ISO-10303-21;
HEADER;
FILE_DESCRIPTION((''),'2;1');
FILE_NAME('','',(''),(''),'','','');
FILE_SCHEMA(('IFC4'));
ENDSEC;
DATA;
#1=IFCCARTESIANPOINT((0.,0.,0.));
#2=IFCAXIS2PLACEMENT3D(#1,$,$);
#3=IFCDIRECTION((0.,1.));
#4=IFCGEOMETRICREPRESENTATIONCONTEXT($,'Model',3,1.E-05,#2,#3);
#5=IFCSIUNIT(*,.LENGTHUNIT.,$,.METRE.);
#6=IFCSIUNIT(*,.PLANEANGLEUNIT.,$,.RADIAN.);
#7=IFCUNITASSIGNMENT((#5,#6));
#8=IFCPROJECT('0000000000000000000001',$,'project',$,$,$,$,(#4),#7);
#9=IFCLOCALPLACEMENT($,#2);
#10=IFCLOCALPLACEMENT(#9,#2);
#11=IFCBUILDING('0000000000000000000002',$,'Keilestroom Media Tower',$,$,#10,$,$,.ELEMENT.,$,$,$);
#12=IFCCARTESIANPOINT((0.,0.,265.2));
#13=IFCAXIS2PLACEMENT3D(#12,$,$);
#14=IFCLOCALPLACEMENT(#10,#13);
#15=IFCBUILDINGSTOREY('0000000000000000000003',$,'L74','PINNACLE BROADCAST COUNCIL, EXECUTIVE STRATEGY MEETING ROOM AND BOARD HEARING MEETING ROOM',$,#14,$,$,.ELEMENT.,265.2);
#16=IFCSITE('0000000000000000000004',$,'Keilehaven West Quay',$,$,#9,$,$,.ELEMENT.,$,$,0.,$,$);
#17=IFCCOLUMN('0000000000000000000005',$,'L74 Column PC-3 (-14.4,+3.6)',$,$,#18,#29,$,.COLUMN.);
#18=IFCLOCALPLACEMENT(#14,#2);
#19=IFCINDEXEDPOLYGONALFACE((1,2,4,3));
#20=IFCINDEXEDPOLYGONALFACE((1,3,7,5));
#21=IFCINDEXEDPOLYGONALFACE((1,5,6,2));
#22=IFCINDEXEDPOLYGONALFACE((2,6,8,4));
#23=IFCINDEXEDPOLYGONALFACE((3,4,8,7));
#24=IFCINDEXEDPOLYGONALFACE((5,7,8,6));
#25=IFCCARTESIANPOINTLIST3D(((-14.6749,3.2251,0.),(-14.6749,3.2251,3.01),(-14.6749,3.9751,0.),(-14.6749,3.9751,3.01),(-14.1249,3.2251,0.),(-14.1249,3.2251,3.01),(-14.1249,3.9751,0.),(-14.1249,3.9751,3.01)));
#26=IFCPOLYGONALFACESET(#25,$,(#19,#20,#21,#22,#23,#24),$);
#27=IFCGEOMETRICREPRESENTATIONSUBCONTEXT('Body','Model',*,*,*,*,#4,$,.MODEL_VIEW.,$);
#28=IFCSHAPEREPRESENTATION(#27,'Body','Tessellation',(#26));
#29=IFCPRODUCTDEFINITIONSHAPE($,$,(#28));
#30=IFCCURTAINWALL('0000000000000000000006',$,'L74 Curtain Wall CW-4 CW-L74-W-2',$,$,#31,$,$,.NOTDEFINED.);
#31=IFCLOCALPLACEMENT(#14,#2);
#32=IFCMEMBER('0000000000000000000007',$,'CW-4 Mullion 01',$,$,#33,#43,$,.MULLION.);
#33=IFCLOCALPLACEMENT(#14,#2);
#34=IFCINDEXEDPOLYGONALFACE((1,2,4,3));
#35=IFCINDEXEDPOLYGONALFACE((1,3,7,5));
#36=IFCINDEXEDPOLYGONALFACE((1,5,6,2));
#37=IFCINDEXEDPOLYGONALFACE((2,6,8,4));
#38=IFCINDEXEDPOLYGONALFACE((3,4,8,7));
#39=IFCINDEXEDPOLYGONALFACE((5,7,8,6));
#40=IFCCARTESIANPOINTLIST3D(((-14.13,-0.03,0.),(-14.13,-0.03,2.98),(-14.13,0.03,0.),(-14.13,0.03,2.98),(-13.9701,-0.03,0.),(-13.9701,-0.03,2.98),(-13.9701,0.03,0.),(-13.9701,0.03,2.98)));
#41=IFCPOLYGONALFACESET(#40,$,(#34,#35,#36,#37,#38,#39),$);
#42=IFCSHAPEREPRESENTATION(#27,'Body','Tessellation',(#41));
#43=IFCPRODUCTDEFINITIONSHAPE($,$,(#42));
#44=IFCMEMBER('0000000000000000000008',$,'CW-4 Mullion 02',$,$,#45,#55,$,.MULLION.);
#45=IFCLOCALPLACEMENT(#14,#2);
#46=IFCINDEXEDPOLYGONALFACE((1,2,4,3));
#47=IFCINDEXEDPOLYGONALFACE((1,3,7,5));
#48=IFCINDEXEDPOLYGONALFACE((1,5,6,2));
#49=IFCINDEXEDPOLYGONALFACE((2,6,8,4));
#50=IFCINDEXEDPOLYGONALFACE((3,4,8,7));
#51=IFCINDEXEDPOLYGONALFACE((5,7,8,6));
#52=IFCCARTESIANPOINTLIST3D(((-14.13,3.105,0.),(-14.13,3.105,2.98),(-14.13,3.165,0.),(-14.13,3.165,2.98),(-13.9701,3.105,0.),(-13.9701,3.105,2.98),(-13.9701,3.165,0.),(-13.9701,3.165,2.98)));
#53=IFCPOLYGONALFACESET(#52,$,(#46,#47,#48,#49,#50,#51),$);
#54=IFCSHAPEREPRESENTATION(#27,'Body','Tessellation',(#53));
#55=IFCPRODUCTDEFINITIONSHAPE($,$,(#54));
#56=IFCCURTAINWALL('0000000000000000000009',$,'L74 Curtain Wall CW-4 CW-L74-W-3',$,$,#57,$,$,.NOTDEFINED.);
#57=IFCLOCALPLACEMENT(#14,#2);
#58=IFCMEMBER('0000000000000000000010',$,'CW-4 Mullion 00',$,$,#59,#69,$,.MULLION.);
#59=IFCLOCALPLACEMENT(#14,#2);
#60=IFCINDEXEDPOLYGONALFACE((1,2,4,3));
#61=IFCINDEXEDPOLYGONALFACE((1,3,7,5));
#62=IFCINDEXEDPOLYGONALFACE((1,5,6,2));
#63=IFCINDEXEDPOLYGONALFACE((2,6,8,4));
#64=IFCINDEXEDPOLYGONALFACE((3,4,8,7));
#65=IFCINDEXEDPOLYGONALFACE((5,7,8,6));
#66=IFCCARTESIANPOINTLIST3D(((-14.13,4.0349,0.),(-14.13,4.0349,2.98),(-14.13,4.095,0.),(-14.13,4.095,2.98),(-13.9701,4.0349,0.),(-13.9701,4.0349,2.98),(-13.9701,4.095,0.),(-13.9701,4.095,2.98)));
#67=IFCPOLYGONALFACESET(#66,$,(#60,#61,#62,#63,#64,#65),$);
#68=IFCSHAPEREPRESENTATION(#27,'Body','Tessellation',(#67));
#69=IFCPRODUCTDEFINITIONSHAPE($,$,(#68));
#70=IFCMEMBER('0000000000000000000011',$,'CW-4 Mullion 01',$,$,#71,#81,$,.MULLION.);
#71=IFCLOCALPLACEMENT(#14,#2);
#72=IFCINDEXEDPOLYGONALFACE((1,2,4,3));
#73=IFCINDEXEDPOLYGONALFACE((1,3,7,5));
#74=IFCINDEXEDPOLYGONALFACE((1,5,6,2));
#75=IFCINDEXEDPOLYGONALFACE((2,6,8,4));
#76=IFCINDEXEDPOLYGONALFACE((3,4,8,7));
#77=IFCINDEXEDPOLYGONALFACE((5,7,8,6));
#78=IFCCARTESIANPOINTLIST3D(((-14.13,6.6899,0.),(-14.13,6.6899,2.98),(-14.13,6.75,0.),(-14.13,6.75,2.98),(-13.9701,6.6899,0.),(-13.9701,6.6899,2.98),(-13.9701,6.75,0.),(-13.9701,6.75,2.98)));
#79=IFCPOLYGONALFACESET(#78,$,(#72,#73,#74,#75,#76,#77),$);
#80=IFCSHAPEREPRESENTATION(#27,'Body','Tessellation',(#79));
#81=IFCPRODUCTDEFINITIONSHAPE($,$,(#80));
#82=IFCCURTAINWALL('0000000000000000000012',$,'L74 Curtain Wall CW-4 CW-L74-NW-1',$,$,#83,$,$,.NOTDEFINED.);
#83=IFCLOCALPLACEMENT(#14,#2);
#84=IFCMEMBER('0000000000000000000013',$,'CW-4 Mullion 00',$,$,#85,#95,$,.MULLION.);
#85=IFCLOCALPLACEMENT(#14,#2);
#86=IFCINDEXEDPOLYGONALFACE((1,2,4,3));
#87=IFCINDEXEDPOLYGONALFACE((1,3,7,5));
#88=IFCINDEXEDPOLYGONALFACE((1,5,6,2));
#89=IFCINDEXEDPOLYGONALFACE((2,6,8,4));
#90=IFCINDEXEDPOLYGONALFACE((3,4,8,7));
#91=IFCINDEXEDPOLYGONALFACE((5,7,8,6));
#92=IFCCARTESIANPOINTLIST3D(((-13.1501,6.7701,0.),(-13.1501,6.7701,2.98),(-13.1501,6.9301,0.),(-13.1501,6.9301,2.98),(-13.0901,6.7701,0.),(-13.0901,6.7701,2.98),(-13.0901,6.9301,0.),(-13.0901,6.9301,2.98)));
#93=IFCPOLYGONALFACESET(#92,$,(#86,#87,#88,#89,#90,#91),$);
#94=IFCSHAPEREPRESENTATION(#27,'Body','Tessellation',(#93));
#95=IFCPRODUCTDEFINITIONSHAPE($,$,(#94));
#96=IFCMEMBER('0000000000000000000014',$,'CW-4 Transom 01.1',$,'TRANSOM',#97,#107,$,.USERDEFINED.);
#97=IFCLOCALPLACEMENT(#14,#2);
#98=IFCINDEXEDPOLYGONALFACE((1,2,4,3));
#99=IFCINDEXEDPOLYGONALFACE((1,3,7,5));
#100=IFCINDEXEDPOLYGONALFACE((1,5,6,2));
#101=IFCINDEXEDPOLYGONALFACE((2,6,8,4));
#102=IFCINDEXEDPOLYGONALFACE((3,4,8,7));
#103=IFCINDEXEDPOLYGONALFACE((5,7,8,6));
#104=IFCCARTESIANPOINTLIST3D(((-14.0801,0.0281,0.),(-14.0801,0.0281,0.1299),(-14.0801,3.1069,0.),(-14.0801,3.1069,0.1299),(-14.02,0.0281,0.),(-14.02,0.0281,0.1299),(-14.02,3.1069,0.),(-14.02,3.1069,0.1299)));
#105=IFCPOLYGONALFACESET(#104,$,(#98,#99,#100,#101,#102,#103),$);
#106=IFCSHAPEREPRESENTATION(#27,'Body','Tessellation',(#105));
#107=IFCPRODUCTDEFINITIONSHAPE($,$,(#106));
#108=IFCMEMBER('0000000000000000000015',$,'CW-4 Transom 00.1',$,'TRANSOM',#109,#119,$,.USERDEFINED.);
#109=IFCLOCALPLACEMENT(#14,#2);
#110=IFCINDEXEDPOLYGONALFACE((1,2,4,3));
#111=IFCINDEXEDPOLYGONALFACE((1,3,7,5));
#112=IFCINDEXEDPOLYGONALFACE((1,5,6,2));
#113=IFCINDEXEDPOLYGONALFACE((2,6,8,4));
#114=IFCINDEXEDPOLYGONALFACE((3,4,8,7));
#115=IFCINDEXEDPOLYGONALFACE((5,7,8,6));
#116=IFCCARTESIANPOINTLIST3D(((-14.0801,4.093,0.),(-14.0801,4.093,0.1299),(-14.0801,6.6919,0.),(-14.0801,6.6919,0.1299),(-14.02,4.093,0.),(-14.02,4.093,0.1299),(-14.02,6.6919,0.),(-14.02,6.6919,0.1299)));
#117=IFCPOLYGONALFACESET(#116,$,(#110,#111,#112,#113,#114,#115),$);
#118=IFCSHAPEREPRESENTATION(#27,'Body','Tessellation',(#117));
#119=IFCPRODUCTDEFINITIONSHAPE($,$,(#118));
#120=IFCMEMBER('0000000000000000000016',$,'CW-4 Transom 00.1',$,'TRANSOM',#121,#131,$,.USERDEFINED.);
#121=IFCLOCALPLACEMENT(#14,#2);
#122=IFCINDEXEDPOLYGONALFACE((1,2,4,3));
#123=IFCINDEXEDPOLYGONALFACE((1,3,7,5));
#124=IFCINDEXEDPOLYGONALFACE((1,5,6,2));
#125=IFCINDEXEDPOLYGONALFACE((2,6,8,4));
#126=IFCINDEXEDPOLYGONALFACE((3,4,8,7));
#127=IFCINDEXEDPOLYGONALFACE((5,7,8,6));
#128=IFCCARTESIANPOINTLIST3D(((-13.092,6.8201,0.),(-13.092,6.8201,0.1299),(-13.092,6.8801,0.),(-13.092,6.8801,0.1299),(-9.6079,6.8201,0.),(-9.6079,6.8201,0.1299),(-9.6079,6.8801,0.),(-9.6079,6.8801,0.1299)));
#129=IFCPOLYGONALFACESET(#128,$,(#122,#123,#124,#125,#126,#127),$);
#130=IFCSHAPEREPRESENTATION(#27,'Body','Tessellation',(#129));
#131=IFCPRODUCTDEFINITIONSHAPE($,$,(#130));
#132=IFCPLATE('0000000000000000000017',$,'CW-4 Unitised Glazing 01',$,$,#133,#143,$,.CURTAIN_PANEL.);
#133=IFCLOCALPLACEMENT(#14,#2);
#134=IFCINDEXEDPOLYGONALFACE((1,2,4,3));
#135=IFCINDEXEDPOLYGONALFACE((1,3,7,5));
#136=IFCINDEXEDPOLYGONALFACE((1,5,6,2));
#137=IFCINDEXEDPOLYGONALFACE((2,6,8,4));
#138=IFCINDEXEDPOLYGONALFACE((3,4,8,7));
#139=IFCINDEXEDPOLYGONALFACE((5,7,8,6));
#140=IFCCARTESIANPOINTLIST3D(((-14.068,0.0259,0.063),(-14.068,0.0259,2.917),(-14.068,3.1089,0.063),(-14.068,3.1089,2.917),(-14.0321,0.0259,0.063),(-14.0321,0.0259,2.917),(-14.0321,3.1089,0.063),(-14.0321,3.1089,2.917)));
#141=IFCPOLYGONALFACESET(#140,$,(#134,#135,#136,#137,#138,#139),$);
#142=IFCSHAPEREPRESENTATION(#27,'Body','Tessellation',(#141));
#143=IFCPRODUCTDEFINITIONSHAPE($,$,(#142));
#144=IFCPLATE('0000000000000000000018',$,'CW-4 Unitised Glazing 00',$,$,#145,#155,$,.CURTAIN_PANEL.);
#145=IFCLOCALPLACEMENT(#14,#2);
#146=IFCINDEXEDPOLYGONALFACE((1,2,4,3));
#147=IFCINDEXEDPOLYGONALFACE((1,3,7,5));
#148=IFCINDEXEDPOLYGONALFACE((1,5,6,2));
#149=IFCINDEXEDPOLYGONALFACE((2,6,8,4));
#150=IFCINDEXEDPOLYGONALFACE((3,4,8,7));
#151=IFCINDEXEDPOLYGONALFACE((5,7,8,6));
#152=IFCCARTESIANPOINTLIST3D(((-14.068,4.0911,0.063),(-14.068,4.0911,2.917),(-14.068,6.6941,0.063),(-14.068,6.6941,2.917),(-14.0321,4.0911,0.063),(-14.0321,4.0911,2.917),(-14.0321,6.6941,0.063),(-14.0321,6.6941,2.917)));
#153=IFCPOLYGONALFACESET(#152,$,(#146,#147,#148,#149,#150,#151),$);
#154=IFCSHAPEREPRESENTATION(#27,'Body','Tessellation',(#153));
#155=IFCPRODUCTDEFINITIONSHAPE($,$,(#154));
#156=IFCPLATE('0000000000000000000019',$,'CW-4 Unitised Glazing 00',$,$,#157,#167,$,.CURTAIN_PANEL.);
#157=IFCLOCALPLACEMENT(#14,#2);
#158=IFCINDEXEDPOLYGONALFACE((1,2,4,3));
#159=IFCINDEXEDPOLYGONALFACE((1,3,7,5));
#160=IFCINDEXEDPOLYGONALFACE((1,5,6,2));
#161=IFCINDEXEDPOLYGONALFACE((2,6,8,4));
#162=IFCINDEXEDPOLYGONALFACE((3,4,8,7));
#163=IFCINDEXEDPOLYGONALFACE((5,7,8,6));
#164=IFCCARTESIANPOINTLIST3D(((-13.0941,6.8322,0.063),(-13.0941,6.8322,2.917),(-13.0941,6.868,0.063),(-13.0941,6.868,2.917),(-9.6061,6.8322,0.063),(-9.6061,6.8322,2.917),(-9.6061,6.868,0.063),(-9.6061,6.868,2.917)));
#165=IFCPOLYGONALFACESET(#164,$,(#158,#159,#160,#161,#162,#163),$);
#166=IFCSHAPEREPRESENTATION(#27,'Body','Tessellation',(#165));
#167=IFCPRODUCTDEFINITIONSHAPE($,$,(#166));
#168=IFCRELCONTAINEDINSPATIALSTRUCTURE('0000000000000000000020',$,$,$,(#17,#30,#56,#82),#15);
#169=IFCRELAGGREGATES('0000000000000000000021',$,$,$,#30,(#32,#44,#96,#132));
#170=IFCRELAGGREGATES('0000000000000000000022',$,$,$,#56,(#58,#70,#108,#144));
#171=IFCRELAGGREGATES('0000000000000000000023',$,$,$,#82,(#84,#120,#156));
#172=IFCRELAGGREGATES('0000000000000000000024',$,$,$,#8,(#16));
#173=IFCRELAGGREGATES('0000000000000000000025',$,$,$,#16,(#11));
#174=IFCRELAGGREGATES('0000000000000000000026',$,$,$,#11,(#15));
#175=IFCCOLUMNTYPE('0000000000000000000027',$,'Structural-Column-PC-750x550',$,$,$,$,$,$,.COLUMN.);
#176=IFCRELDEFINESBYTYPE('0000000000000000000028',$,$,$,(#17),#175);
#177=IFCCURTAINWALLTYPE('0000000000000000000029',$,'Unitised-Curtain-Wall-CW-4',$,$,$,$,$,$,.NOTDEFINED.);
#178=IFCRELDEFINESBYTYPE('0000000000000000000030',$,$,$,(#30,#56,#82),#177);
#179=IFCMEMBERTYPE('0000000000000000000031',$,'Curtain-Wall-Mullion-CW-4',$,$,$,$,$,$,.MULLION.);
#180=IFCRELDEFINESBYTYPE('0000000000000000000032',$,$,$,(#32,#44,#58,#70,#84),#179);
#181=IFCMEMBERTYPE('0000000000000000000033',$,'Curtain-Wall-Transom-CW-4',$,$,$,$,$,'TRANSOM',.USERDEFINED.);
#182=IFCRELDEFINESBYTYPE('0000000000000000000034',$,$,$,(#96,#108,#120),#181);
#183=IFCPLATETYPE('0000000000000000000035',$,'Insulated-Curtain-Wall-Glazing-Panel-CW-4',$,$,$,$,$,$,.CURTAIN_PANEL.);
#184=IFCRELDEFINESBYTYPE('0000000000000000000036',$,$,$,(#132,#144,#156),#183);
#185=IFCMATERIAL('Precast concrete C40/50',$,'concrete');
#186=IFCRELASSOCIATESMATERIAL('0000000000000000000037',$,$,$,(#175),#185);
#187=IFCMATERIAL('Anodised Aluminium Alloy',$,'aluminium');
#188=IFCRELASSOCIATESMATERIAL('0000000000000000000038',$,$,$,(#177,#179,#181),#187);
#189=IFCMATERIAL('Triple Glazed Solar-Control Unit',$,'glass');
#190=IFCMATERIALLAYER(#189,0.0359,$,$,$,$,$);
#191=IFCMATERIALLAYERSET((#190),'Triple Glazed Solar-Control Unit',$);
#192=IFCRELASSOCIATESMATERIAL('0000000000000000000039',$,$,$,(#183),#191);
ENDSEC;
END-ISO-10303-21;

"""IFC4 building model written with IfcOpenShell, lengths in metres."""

from ifc_helpers import new_model, si_unit, direction, frame, origin, origin_2d, place, context, subcontext, project, spatial, rectangle, extrude, source, transform, mapped, material, layer, layer_set, material_profile, profile_set, type_object, element, aggregate, save


model = new_model("IFC4")

# Units and contexts
model_context = context("Model", 3, precision=1e-05, world=origin(), true_north=direction((0.0, 1.0)))
body_context = subcontext(model_context, "Body", "Model", "MODEL_VIEW")
ifc_project = project(units=[si_unit("LENGTHUNIT", "METRE"), si_unit("PLANEANGLEUNIT", "RADIAN")], contexts=[model_context])

# Site, building, storey
site_placement = place(None, origin())
site = spatial("IfcSite", under=ifc_project, at=site_placement, Name="Keilehaven West Quay", CompositionType="ELEMENT", RefElevation=0.0)
building_placement = place(site_placement, origin())
building = spatial("IfcBuilding", under=site, at=building_placement, Name="Keilestroom Media Tower", CompositionType="ELEMENT")
storey_placement = place(building_placement, frame((0.0, 0.0, 265.2)))
storey = spatial("IfcBuildingStorey", under=building, at=storey_placement, Name="L74", Description="PINNACLE BROADCAST COUNCIL, EXECUTIVE STRATEGY MEETING ROOM AND BOARD HEARING MEETING ROOM", CompositionType="ELEMENT", Elevation=265.2)

# Column
ifc_material_1 = material(Name="Precast concrete C40/50", Category="concrete")
ifc_material_profile_1 = material_profile(ifc_material_1, rectangle(XDim=0.55, YDim=0.75, at=origin_2d()), Name="PC 750x550")
ifc_profile_set_1 = profile_set([ifc_material_profile_1], Name="Precast concrete C40/50")
column_type = type_object("IfcColumnType", Name="Structural-Column-PC-750x550", PredefinedType="COLUMN", material=ifc_profile_set_1)
shared_shape_1 = source(origin(), body_context, "Body", "SweptSolid", [
    extrude(rectangle(XDim=0.55, YDim=0.75, at=origin_2d()), origin(), (0.0, 0.0, 1.0), 3.01),
])
column_placement = place(storey_placement, frame((-14.3999, 3.6001, 0.0), z_axis=(0.0, 0.0, 1.0), x_axis=(1.0, 0.0, 0.0)))
element("IfcColumn", 1, at=column_placement, inside=storey, type_object=column_type, Name="L74 Column PC-3 (-14.4,+3.6)", PredefinedType="COLUMN", context=body_context, shape_type="MappedRepresentation", body=[
    mapped(shared_shape_1, transform((0.0, 0.0, 0.0), x_axis=(1.0, 0.0, 0.0), y_axis=(0.0, 1.0, 0.0), z_axis=(0.0, 0.0, 1.0), scale=1.0)),
])

# Curtain walls, members
ifc_material_2 = material(Name="Anodised Aluminium Alloy", Category="aluminium")
curtain_wall_type = type_object("IfcCurtainWallType", Name="Unitised-Curtain-Wall-CW-4", PredefinedType="NOTDEFINED", material=ifc_material_2)
curtain_wall_1_placement = place(storey_placement, origin())
curtain_wall_1 = element("IfcCurtainWall", 2, at=curtain_wall_1_placement, inside=storey, type_object=curtain_wall_type, Name="L74 Curtain Wall CW-4 CW-L74-W-2", PredefinedType="NOTDEFINED")
ifc_material_profile_2 = material_profile(ifc_material_2, rectangle(XDim=0.0601, YDim=0.1599, at=origin_2d()), Name="ALU MULLION 60x160")
ifc_profile_set_2 = profile_set([ifc_material_profile_2], Name="Anodised Aluminium Alloy")
member_type_1 = type_object("IfcMemberType", Name="Curtain-Wall-Mullion-CW-4", PredefinedType="MULLION", material=ifc_profile_set_2)
shared_shape_2 = source(origin(), body_context, "Body", "SweptSolid", [
    extrude(rectangle(XDim=0.0601, YDim=0.1599, at=origin_2d()), origin(), (0.0, 0.0, 1.0), 2.98),
])
member_1_placement = place(storey_placement, frame((-14.05, 0.0, 0.0), z_axis=(0.0, 0.0, 1.0), x_axis=(0.0, 1.0, 0.0)))
member_1 = element("IfcMember", 3, at=member_1_placement, type_object=member_type_1, Name="CW-4 Mullion 01", PredefinedType="MULLION", context=body_context, shape_type="MappedRepresentation", body=[
    mapped(shared_shape_2, transform((0.0, 0.0, 0.0), x_axis=(1.0, 0.0, 0.0), y_axis=(0.0, 1.0, 0.0), z_axis=(0.0, 0.0, 1.0), scale=1.0)),
])
member_2_placement = place(storey_placement, frame((-14.05, 3.135, 0.0), z_axis=(0.0, 0.0, 1.0), x_axis=(0.0, 1.0, 0.0)))
member_2 = element("IfcMember", 4, at=member_2_placement, type_object=member_type_1, Name="CW-4 Mullion 02", PredefinedType="MULLION", context=body_context, shape_type="MappedRepresentation", body=[
    mapped(shared_shape_2, transform((0.0, 0.0, 0.0), x_axis=(1.0, 0.0, 0.0), y_axis=(0.0, 1.0, 0.0), z_axis=(0.0, 0.0, 1.0), scale=1.0)),
])
curtain_wall_2_placement = place(storey_placement, origin())
curtain_wall_2 = element("IfcCurtainWall", 5, at=curtain_wall_2_placement, inside=storey, type_object=curtain_wall_type, Name="L74 Curtain Wall CW-4 CW-L74-W-3", PredefinedType="NOTDEFINED")
member_3_placement = place(storey_placement, frame((-14.05, 4.0649, 0.0), z_axis=(0.0, 0.0, 1.0), x_axis=(0.0, 1.0, 0.0)))
member_3 = element("IfcMember", 6, at=member_3_placement, type_object=member_type_1, Name="CW-4 Mullion 00", PredefinedType="MULLION", context=body_context, shape_type="MappedRepresentation", body=[
    mapped(shared_shape_2, transform((0.0, 0.0, 0.0), x_axis=(1.0, 0.0, 0.0), y_axis=(0.0, 1.0, 0.0), z_axis=(0.0, 0.0, 1.0), scale=1.0)),
])
member_4_placement = place(storey_placement, frame((-14.05, 6.72, 0.0), z_axis=(0.0, 0.0, 1.0), x_axis=(0.0, 1.0, 0.0)))
member_4 = element("IfcMember", 7, at=member_4_placement, type_object=member_type_1, Name="CW-4 Mullion 01", PredefinedType="MULLION", context=body_context, shape_type="MappedRepresentation", body=[
    mapped(shared_shape_2, transform((0.0, 0.0, 0.0), x_axis=(1.0, 0.0, 0.0), y_axis=(0.0, 1.0, 0.0), z_axis=(0.0, 0.0, 1.0), scale=1.0)),
])

# Curtain wall, member
curtain_wall_3_placement = place(storey_placement, origin())
curtain_wall_3 = element("IfcCurtainWall", 8, at=curtain_wall_3_placement, inside=storey, type_object=curtain_wall_type, Name="L74 Curtain Wall CW-4 CW-L74-NW-1", PredefinedType="NOTDEFINED")
member_5_placement = place(storey_placement, frame((-13.1201, 6.8501, 0.0), z_axis=(0.0, 0.0, 1.0), x_axis=(1.0, 0.0, 0.0)))
member_5 = element("IfcMember", 9, at=member_5_placement, type_object=member_type_1, Name="CW-4 Mullion 00", PredefinedType="MULLION", context=body_context, shape_type="MappedRepresentation", body=[
    mapped(shared_shape_2, transform((0.0, 0.0, 0.0), x_axis=(1.0, 0.0, 0.0), y_axis=(0.0, 1.0, 0.0), z_axis=(0.0, 0.0, 1.0), scale=1.0)),
])

# Members
ifc_material_profile_3 = material_profile(ifc_material_2, rectangle(XDim=0.0601, YDim=0.1299, at=origin_2d()), Name="ALU TRANSOM 60x130")
ifc_profile_set_3 = profile_set([ifc_material_profile_3], Name="Anodised Aluminium Alloy")
member_type_2 = type_object("IfcMemberType", Name="Curtain-Wall-Transom-CW-4", ElementType="TRANSOM", PredefinedType="USERDEFINED", material=ifc_profile_set_3)
shared_shape_3 = source(origin(), body_context, "Body", "SweptSolid", [
    extrude(rectangle(XDim=0.0601, YDim=0.1299, at=origin_2d()), origin(), (0.0, 0.0, 1.0), 3.0789),
])
member_6_placement = place(storey_placement, frame((-14.05, 0.0281, 0.0649), z_axis=(0.0, 1.0, 0.0), x_axis=(-1.0, 0.0, 0.0)))
member_6 = element("IfcMember", 10, at=member_6_placement, type_object=member_type_2, Name="CW-4 Transom 01.1", ObjectType="TRANSOM", PredefinedType="USERDEFINED", context=body_context, shape_type="MappedRepresentation", body=[
    mapped(shared_shape_3, transform((0.0, 0.0, 0.0), x_axis=(1.0, 0.0, 0.0), y_axis=(0.0, 1.0, 0.0), z_axis=(0.0, 0.0, 1.0), scale=1.0)),
])
shared_shape_4 = source(origin(), body_context, "Body", "SweptSolid", [
    extrude(rectangle(XDim=0.0601, YDim=0.1299, at=origin_2d()), origin(), (0.0, 0.0, 1.0), 2.5989),
])
member_7_placement = place(storey_placement, frame((-14.05, 4.093, 0.0649), z_axis=(0.0, 1.0, 0.0), x_axis=(-1.0, 0.0, 0.0)))
member_7 = element("IfcMember", 11, at=member_7_placement, type_object=member_type_2, Name="CW-4 Transom 00.1", ObjectType="TRANSOM", PredefinedType="USERDEFINED", context=body_context, shape_type="MappedRepresentation", body=[
    mapped(shared_shape_4, transform((0.0, 0.0, 0.0), x_axis=(1.0, 0.0, 0.0), y_axis=(0.0, 1.0, 0.0), z_axis=(0.0, 0.0, 1.0), scale=1.0)),
])
shared_shape_5 = source(origin(), body_context, "Body", "SweptSolid", [
    extrude(rectangle(XDim=0.0601, YDim=0.1299, at=origin_2d()), origin(), (0.0, 0.0, 1.0), 3.4841),
])
member_8_placement = place(storey_placement, frame((-13.092, 6.8501, 0.0649), z_axis=(1.0, 0.0, 0.0), x_axis=(0.0, 1.0, 0.0)))
member_8 = element("IfcMember", 12, at=member_8_placement, type_object=member_type_2, Name="CW-4 Transom 00.1", ObjectType="TRANSOM", PredefinedType="USERDEFINED", context=body_context, shape_type="MappedRepresentation", body=[
    mapped(shared_shape_5, transform((0.0, 0.0, 0.0), x_axis=(1.0, 0.0, 0.0), y_axis=(0.0, 1.0, 0.0), z_axis=(0.0, 0.0, 1.0), scale=1.0)),
])

# Plates
ifc_material_3 = material(Name="Triple Glazed Solar-Control Unit", Category="glass")
ifc_layer_1 = layer(ifc_material_3, 0.0359)
ifc_layer_set_1 = layer_set([ifc_layer_1], Name="Triple Glazed Solar-Control Unit")
plate_type = type_object("IfcPlateType", Name="Insulated-Curtain-Wall-Glazing-Panel-CW-4", PredefinedType="CURTAIN_PANEL", material=ifc_layer_set_1)
shared_shape_6 = source(origin(), body_context, "Body", "SweptSolid", [
    extrude(rectangle(XDim=3.083, YDim=0.0359, at=origin_2d()), origin(), (0.0, 0.0, 1.0), 2.854),
])
plate_1_placement = place(storey_placement, frame((-14.05, 1.5674, 0.063), z_axis=(0.0, 0.0, 1.0), x_axis=(0.0, 1.0, 0.0)))
plate_1 = element("IfcPlate", 13, at=plate_1_placement, type_object=plate_type, Name="CW-4 Unitised Glazing 01", PredefinedType="CURTAIN_PANEL", context=body_context, shape_type="MappedRepresentation", body=[
    mapped(shared_shape_6, transform((0.0, 0.0, 0.0), x_axis=(1.0, 0.0, 0.0), y_axis=(0.0, 1.0, 0.0), z_axis=(0.0, 0.0, 1.0), scale=1.0)),
])
aggregate(curtain_wall_1, [member_1, member_2, member_6, plate_1])
shared_shape_7 = source(origin(), body_context, "Body", "SweptSolid", [
    extrude(rectangle(XDim=2.603, YDim=0.0359, at=origin_2d()), origin(), (0.0, 0.0, 1.0), 2.854),
])
plate_2_placement = place(storey_placement, frame((-14.05, 5.3926, 0.063), z_axis=(0.0, 0.0, 1.0), x_axis=(0.0, 1.0, 0.0)))
plate_2 = element("IfcPlate", 14, at=plate_2_placement, type_object=plate_type, Name="CW-4 Unitised Glazing 00", PredefinedType="CURTAIN_PANEL", context=body_context, shape_type="MappedRepresentation", body=[
    mapped(shared_shape_7, transform((0.0, 0.0, 0.0), x_axis=(1.0, 0.0, 0.0), y_axis=(0.0, 1.0, 0.0), z_axis=(0.0, 0.0, 1.0), scale=1.0)),
])
aggregate(curtain_wall_2, [member_3, member_4, member_7, plate_2])
shared_shape_8 = source(origin(), body_context, "Body", "SweptSolid", [
    extrude(rectangle(XDim=3.488, YDim=0.0359, at=origin_2d()), origin(), (0.0, 0.0, 1.0), 2.854),
])
plate_3_placement = place(storey_placement, frame((-11.3501, 6.8501, 0.063), z_axis=(0.0, 0.0, 1.0), x_axis=(1.0, 0.0, 0.0)))
plate_3 = element("IfcPlate", 15, at=plate_3_placement, type_object=plate_type, Name="CW-4 Unitised Glazing 00", PredefinedType="CURTAIN_PANEL", context=body_context, shape_type="MappedRepresentation", body=[
    mapped(shared_shape_8, transform((0.0, 0.0, 0.0), x_axis=(1.0, 0.0, 0.0), y_axis=(0.0, 1.0, 0.0), z_axis=(0.0, 0.0, 1.0), scale=1.0)),
])
aggregate(curtain_wall_3, [member_5, member_8, plate_3])

save(model, "model.ifc")
